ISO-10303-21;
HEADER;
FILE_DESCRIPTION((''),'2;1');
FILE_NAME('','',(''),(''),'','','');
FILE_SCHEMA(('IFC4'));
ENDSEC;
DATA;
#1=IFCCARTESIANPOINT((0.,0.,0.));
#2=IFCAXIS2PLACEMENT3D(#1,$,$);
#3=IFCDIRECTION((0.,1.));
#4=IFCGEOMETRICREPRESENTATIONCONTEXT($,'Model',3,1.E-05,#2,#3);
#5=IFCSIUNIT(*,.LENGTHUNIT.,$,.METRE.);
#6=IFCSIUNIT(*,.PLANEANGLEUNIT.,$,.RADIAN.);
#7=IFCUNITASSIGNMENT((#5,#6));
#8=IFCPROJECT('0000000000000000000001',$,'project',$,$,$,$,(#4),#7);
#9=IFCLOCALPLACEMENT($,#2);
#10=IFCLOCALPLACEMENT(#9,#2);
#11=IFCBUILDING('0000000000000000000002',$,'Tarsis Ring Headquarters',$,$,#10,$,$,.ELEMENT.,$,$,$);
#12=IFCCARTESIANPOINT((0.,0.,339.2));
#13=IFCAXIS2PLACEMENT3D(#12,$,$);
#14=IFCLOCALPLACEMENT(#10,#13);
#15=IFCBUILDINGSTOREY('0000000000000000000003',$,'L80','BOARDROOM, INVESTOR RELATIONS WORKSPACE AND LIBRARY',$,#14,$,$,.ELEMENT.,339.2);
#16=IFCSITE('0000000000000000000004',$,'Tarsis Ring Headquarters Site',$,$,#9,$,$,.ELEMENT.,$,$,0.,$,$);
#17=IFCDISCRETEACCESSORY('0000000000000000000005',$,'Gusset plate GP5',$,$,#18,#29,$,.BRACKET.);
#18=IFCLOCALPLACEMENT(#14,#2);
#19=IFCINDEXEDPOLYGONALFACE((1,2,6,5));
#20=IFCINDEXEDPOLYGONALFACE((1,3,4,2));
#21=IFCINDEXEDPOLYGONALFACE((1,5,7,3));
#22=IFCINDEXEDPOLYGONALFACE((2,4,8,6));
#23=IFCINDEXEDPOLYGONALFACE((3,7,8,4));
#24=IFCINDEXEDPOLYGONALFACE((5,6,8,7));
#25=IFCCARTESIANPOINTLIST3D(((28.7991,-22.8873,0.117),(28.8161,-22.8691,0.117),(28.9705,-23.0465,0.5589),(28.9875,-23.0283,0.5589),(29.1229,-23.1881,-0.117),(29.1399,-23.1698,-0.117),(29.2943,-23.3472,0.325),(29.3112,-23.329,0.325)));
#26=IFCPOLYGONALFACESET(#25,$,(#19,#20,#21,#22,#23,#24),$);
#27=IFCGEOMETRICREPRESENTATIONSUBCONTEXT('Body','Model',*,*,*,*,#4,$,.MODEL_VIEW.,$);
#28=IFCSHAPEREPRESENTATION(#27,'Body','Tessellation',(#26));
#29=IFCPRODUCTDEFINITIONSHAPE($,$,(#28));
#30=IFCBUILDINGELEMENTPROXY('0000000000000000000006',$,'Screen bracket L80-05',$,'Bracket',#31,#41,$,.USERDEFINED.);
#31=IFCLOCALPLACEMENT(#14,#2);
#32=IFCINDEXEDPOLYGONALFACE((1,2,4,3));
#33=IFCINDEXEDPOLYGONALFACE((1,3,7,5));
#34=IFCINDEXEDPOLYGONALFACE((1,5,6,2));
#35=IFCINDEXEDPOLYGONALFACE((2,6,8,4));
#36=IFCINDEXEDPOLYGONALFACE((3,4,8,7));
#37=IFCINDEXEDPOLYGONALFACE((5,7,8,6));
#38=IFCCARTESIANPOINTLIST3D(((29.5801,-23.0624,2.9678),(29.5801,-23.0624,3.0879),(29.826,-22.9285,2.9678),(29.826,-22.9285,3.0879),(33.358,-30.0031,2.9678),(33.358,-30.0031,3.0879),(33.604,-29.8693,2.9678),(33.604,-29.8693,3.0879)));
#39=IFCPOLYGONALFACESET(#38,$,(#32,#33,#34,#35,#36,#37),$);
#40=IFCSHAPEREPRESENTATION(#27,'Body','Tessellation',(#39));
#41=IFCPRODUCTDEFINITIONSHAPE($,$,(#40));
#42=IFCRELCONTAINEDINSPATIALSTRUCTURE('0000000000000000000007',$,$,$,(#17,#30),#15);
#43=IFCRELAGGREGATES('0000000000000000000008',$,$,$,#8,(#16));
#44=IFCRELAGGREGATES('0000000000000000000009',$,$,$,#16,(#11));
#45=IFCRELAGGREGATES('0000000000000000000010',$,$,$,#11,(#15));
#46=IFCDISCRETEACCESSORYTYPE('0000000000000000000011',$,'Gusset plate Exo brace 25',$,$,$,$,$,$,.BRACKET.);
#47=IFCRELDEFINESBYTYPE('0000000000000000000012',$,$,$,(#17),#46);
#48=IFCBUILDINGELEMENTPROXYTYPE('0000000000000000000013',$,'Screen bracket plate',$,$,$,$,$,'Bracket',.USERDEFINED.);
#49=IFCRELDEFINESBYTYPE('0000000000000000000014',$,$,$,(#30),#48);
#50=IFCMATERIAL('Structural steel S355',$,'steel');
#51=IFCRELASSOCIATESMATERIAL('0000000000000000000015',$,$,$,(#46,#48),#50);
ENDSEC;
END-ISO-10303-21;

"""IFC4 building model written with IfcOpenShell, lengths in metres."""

from ifc_helpers import new_model, si_unit, direction, frame, origin, origin_2d, place, context, subcontext, project, spatial, rectangle, extrude, material, material_profile, profile_set, type_object, element, save


model = new_model("IFC4")

# Units and contexts
model_context = context("Model", 3, precision=1e-05, world=origin(), true_north=direction((0.0, 1.0)))
body_context = subcontext(model_context, "Body", "Model", "MODEL_VIEW")
ifc_project = project(units=[si_unit("LENGTHUNIT", "METRE"), si_unit("PLANEANGLEUNIT", "RADIAN")], contexts=[model_context])

# Site, building, storey
site_placement = place(None, origin())
site = spatial("IfcSite", under=ifc_project, at=site_placement, Name="Tarsis Ring Headquarters Site", CompositionType="ELEMENT", RefElevation=0.0)
building_placement = place(site_placement, origin())
building = spatial("IfcBuilding", under=site, at=building_placement, Name="Tarsis Ring Headquarters", CompositionType="ELEMENT")
storey_placement = place(building_placement, frame((0.0, 0.0, 339.2)))
storey = spatial("IfcBuildingStorey", under=building, at=storey_placement, Name="L80", Description="BOARDROOM, INVESTOR RELATIONS WORKSPACE AND LIBRARY", CompositionType="ELEMENT", Elevation=339.2)

# Shared definitions
ifc_material_1 = material(Name="Structural steel S355", Category="steel")

# Discrete accessory
ifc_material_profile_1 = material_profile(ifc_material_1, rectangle(XDim=0.0249, YDim=0.5, at=origin_2d()), Name="PL 25x500")
ifc_profile_set_1 = profile_set([ifc_material_profile_1], Name="Structural steel S355")
discrete_accessory_type = type_object("IfcDiscreteAccessoryType", Name="Gusset plate Exo brace 25", PredefinedType="BRACKET", material=ifc_profile_set_1)
discrete_accessory_1_placement = place(storey_placement, frame((28.9695, -23.0286, 0.0), z_axis=(0.342786, -0.318371, 0.88382), x_axis=(0.680531, 0.732719, 0.0)))
element("IfcDiscreteAccessory", 1, at=discrete_accessory_1_placement, inside=storey, type_object=discrete_accessory_type, Name="Gusset plate GP5", PredefinedType="BRACKET", context=body_context, shape_type="SweptSolid", body=[
    extrude(rectangle(XDim=0.0249, YDim=0.5, at=origin_2d()), origin(), (0.0, 0.0, 1.0), 0.5),
])

# Building element proxy
building_element_proxy_type = type_object("IfcBuildingElementProxyType", Name="Screen bracket plate", ElementType="Bracket", PredefinedType="USERDEFINED", material=ifc_material_1)
proxy_placement = place(storey_placement, frame((31.592, -26.4658, 2.9678), z_axis=(0.0, 0.0, 1.0), x_axis=(-0.478079, 0.878317, 0.0)))
element("IfcBuildingElementProxy", 2, at=proxy_placement, inside=storey, type_object=building_element_proxy_type, Name="Screen bracket L80-05", ObjectType="Bracket", PredefinedType="USERDEFINED", context=body_context, shape_type="SweptSolid", body=[
    extrude(rectangle(XDim=7.9023, YDim=0.28, at=origin_2d()), origin(), (0.0, 0.0, 1.0), 0.1201),
])

save(model, "model.ifc")
